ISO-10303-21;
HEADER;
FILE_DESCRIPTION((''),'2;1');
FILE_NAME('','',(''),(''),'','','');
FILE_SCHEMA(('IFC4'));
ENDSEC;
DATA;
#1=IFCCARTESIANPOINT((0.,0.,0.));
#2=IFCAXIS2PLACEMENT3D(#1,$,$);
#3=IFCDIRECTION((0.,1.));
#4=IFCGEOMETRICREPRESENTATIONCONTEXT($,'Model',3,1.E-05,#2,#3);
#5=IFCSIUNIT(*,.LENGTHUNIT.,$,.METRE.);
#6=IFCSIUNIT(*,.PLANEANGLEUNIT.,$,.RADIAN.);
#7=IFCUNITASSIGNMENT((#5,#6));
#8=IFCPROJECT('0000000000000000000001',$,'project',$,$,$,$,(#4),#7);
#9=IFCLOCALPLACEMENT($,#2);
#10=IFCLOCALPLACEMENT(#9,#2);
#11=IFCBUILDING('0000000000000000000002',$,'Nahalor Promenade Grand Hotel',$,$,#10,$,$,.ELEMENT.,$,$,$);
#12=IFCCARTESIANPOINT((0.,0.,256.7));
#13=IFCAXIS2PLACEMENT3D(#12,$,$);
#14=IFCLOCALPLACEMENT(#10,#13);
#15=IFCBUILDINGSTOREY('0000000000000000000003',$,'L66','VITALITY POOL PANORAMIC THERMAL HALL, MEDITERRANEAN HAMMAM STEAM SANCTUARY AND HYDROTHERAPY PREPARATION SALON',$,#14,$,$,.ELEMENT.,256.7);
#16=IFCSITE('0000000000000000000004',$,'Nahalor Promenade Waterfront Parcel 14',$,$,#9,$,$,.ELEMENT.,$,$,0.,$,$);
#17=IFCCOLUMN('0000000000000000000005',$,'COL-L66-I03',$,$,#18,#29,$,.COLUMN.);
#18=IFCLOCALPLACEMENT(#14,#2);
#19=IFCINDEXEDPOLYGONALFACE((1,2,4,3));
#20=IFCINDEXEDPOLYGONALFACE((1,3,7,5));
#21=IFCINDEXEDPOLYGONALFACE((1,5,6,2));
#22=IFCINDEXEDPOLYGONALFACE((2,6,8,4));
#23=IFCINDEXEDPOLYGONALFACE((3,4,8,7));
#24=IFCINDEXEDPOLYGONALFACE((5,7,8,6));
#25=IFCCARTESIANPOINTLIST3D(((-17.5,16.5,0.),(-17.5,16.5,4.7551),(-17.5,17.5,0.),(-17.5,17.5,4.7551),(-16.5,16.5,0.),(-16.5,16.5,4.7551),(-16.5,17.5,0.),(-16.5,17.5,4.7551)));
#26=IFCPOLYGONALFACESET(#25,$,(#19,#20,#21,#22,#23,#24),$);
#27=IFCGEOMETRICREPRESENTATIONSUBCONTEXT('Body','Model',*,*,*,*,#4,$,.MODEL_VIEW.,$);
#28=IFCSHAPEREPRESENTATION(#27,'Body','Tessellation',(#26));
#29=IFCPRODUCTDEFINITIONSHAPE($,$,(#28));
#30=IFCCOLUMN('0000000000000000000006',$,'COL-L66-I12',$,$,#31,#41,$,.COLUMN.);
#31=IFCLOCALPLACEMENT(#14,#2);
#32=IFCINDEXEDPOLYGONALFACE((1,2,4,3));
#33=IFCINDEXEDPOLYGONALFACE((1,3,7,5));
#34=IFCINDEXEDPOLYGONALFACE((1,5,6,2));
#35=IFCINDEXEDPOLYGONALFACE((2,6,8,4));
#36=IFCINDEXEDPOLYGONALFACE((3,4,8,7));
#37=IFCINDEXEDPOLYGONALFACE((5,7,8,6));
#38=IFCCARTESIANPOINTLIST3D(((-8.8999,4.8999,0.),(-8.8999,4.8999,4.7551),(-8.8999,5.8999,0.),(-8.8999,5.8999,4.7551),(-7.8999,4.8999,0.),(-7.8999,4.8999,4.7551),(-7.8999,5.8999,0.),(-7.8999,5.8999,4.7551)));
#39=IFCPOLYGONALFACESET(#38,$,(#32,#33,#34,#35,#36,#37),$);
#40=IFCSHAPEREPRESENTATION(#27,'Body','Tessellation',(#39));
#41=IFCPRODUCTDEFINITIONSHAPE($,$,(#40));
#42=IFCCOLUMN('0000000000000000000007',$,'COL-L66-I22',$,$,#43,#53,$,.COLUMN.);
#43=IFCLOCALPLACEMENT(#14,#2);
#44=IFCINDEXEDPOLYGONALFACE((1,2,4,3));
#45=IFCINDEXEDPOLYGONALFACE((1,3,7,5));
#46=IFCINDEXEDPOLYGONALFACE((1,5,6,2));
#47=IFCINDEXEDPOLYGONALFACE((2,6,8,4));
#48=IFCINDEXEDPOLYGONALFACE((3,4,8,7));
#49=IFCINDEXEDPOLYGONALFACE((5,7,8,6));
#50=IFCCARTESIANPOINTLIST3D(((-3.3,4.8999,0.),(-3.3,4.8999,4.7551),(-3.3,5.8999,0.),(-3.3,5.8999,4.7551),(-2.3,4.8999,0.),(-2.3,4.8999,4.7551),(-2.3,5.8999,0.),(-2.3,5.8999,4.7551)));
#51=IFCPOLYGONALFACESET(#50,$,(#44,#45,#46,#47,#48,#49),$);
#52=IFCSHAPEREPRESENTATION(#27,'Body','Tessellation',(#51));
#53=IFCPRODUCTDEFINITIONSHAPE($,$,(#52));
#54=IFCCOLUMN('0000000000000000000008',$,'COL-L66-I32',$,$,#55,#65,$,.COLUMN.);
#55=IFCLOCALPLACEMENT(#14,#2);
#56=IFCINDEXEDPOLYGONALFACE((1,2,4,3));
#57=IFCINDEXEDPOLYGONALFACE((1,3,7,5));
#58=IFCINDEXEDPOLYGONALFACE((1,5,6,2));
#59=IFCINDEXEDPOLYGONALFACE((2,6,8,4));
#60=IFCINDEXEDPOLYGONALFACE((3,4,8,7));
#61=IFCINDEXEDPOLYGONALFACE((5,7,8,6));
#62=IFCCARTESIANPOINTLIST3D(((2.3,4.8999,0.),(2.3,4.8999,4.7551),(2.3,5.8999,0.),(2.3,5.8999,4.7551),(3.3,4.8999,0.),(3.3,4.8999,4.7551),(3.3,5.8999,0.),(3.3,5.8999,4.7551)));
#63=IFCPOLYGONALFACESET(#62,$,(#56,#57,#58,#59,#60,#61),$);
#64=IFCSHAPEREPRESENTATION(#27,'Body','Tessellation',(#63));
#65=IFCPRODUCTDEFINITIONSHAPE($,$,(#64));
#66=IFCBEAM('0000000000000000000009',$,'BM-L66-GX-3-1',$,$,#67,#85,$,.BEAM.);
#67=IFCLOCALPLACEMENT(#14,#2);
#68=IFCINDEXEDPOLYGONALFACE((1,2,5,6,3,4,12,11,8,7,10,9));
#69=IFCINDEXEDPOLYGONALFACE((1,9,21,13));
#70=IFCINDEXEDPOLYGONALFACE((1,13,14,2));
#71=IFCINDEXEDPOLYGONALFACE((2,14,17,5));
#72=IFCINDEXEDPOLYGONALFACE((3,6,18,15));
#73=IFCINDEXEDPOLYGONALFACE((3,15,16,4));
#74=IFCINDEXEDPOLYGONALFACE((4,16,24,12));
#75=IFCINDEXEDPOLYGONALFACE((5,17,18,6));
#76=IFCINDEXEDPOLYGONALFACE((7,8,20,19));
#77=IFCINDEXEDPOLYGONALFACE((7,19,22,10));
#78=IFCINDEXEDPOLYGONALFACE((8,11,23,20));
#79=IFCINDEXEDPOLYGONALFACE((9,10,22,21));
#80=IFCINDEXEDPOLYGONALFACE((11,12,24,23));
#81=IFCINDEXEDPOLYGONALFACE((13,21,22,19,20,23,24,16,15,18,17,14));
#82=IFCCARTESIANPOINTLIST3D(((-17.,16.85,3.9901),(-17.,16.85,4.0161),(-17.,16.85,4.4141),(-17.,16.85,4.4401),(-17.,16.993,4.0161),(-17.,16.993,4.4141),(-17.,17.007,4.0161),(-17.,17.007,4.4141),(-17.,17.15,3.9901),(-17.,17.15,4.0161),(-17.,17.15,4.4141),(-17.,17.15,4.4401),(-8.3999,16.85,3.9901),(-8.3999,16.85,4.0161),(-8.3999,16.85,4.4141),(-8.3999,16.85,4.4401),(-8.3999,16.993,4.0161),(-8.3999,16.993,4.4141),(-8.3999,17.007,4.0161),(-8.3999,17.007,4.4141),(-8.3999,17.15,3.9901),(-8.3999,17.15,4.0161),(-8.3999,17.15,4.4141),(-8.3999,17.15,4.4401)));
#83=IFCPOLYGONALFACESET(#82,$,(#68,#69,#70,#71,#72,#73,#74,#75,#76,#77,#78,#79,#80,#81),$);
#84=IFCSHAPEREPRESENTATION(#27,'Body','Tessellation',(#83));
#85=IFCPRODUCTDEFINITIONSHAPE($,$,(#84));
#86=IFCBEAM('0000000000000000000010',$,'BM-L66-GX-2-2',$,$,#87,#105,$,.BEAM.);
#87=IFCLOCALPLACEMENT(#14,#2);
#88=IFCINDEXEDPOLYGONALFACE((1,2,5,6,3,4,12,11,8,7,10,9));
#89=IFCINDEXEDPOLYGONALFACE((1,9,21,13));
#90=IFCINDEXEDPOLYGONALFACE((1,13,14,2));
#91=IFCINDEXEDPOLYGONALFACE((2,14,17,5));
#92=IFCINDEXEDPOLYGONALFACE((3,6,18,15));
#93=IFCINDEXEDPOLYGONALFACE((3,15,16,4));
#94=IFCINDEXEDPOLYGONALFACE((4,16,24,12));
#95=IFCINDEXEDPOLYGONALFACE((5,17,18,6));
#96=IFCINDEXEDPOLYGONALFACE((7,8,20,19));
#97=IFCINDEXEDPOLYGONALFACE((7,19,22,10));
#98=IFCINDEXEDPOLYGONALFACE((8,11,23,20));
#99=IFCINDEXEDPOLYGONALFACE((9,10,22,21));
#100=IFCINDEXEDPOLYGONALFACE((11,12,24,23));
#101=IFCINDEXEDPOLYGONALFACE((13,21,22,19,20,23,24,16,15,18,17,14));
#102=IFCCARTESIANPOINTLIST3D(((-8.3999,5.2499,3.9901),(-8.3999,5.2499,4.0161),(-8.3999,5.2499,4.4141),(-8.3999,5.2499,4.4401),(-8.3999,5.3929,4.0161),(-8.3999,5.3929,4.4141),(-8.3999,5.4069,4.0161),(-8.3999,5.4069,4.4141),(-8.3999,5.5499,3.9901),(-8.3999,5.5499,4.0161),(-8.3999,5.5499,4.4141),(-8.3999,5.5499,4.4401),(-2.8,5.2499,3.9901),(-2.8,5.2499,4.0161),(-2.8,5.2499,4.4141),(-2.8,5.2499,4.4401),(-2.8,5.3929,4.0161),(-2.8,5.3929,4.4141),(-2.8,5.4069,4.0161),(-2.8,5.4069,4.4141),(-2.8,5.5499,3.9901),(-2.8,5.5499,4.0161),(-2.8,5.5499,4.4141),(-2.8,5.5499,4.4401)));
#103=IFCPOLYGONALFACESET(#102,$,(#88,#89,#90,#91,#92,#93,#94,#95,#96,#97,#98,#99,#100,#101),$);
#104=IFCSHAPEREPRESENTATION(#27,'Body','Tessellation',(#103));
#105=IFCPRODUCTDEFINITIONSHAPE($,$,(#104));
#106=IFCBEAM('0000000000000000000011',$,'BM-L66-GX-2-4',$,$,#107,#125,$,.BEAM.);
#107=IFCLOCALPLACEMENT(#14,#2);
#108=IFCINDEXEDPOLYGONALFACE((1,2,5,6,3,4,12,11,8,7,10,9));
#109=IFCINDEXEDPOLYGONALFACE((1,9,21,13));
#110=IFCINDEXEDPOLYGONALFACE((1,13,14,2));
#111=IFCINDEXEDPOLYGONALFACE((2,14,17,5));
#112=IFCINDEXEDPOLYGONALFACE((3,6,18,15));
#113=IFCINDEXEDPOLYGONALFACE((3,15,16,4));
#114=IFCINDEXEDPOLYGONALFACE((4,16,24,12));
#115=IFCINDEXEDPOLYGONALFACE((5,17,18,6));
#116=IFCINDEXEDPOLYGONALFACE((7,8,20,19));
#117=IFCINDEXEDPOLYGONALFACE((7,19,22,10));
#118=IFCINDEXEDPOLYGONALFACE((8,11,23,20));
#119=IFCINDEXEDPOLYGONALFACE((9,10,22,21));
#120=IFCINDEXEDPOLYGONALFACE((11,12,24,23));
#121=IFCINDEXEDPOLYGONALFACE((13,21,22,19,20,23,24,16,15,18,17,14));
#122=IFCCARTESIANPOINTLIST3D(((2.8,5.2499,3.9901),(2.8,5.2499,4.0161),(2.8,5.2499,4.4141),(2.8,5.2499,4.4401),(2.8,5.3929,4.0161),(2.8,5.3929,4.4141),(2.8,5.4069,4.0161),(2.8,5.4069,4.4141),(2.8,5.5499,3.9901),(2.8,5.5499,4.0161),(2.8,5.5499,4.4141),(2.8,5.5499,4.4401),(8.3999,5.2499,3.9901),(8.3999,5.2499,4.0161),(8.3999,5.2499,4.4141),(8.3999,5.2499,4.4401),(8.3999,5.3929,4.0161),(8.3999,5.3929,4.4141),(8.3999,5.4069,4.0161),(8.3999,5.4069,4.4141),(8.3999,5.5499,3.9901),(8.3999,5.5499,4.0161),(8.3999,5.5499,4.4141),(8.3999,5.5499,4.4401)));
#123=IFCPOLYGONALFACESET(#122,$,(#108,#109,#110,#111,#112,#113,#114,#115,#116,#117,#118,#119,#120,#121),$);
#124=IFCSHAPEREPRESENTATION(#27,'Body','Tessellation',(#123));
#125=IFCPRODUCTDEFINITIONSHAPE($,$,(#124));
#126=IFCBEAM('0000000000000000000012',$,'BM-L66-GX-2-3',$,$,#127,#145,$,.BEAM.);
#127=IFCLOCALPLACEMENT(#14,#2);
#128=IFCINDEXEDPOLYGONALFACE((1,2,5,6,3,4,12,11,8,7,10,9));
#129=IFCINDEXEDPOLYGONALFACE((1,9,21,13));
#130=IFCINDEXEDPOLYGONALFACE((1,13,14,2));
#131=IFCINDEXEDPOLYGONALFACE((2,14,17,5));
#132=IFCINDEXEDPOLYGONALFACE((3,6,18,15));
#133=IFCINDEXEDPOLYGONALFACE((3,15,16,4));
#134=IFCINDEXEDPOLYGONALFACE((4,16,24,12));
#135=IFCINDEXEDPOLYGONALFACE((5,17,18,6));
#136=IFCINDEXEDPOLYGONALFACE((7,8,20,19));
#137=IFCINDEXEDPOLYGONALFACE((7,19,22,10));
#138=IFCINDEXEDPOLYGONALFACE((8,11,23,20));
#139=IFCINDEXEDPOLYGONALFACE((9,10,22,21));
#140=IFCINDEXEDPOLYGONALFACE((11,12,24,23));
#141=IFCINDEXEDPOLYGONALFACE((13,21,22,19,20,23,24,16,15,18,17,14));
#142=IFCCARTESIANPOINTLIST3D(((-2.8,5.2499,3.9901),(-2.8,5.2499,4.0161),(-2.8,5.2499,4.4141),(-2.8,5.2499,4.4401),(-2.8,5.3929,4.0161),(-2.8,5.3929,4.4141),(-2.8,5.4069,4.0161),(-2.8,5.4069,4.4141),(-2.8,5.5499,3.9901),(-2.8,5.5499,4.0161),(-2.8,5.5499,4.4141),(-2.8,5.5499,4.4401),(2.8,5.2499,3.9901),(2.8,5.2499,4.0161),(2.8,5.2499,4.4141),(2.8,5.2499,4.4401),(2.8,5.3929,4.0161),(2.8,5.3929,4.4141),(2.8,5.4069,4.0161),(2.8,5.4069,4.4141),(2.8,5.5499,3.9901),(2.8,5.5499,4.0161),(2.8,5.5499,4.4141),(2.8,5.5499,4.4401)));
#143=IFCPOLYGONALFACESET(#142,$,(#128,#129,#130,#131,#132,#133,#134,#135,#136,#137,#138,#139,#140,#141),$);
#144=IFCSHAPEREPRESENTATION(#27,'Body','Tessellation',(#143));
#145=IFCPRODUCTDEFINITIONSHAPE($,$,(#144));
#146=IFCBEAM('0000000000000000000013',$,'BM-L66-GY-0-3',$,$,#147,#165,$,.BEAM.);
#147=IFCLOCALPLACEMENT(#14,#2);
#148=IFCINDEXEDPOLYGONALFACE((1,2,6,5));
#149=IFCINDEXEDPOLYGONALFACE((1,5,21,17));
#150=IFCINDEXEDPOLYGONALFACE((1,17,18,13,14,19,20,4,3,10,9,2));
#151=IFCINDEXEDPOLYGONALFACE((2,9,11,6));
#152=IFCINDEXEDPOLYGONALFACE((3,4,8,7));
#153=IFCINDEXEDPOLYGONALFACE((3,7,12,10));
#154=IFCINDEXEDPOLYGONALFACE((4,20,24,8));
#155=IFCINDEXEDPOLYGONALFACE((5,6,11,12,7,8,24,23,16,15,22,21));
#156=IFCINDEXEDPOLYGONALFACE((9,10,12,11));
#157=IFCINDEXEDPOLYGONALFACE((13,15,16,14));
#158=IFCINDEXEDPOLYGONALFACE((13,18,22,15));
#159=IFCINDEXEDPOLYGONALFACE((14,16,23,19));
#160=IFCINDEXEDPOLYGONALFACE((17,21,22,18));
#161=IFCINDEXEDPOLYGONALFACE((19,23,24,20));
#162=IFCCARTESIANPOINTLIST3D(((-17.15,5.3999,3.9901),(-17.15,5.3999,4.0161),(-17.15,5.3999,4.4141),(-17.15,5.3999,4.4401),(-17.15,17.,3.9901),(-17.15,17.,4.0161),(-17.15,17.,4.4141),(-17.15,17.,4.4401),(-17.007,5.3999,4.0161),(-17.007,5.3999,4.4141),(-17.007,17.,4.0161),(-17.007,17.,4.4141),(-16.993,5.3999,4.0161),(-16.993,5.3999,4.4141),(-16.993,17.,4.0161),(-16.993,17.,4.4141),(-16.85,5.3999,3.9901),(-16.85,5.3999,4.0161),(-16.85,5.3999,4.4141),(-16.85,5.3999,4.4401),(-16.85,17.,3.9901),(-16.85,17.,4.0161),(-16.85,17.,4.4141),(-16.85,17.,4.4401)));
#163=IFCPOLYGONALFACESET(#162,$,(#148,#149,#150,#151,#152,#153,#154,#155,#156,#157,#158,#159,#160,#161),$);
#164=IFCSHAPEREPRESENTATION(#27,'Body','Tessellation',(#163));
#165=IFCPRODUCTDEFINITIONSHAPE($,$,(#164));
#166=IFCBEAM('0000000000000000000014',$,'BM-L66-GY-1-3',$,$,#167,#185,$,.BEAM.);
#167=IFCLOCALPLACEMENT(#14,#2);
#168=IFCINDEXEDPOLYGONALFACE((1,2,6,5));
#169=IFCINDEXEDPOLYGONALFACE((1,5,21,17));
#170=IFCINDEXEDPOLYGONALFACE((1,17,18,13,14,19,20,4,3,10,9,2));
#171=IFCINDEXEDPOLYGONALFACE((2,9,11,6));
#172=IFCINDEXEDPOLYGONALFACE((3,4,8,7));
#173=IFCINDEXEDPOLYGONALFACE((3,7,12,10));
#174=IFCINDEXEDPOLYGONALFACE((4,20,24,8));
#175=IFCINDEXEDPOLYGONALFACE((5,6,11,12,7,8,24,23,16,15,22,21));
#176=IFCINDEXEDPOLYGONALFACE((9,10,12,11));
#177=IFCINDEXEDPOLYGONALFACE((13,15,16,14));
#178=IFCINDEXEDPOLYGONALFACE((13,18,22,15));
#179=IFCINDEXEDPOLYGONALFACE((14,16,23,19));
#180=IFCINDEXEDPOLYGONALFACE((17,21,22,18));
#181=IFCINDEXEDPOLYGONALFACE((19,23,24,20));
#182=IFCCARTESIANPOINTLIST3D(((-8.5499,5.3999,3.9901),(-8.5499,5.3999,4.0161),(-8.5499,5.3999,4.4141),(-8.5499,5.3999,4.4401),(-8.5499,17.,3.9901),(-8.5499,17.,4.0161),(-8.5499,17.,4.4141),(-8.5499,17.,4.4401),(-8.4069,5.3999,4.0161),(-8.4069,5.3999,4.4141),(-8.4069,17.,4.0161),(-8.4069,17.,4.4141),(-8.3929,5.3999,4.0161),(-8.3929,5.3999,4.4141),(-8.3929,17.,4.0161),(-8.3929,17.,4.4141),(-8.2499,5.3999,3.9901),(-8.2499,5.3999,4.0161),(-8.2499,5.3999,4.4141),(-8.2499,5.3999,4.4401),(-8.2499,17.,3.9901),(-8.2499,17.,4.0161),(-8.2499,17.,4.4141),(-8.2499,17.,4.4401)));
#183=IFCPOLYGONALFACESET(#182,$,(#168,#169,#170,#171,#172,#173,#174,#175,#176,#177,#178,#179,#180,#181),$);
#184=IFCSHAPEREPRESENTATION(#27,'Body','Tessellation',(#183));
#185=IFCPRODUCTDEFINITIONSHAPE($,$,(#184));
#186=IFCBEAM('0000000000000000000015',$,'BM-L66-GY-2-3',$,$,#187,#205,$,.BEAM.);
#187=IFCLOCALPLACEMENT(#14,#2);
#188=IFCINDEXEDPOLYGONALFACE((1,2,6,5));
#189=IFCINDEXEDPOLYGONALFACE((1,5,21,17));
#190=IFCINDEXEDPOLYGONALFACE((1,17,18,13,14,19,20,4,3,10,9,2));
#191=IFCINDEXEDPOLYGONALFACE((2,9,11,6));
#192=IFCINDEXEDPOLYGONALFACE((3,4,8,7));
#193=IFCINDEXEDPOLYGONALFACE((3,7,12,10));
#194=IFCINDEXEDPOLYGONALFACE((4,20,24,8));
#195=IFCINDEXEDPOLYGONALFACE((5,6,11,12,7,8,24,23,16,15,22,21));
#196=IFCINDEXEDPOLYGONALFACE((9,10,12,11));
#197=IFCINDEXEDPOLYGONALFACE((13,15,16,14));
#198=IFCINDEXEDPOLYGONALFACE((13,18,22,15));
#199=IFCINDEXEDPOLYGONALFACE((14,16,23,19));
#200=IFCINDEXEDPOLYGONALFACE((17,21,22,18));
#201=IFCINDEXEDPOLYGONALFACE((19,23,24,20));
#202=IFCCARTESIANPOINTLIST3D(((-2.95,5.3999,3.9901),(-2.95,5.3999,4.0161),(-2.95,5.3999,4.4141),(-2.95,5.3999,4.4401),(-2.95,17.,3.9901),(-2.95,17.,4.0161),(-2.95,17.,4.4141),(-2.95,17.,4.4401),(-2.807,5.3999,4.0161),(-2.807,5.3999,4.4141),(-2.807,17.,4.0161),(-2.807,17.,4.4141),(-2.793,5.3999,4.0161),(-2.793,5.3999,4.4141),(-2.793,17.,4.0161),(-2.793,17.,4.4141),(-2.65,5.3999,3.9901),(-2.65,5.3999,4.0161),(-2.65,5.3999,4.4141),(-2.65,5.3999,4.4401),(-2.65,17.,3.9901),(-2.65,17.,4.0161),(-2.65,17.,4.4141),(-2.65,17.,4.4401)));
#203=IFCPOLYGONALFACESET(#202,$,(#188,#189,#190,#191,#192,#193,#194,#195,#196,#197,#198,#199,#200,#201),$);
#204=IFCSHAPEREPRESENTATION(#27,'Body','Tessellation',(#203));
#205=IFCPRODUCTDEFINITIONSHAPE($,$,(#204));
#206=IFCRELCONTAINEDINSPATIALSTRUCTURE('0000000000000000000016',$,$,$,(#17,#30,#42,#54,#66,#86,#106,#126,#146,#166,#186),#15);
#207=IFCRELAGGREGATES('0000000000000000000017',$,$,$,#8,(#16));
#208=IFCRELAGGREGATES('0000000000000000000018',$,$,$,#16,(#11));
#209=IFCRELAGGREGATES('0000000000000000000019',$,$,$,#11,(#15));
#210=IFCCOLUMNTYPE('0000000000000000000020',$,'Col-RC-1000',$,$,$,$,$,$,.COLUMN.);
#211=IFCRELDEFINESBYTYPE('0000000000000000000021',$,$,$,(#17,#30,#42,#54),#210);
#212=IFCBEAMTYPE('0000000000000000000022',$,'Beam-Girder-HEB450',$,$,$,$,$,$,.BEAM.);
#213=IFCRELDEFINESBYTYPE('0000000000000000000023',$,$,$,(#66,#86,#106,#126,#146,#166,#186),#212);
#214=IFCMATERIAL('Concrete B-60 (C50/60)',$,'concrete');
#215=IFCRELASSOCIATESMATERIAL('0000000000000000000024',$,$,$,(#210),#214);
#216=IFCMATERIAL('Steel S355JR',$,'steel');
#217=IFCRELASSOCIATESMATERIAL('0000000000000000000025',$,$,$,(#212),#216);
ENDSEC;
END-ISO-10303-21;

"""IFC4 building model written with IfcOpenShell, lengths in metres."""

from ifc_helpers import new_model, si_unit, direction, frame, origin, origin_2d, place, context, subcontext, project, spatial, rectangle, i_section, extrude, source, transform, mapped, material, material_profile, profile_set, type_object, element, save


model = new_model("IFC4")

# Units and contexts
model_context = context("Model", 3, precision=1e-05, world=origin(), true_north=direction((0.0, 1.0)))
body_context = subcontext(model_context, "Body", "Model", "MODEL_VIEW")
ifc_project = project(units=[si_unit("LENGTHUNIT", "METRE"), si_unit("PLANEANGLEUNIT", "RADIAN")], contexts=[model_context])

# Site, building, storey
site_placement = place(None, origin())
site = spatial("IfcSite", under=ifc_project, at=site_placement, Name="Nahalor Promenade Waterfront Parcel 14", CompositionType="ELEMENT", RefElevation=0.0)
building_placement = place(site_placement, origin())
building = spatial("IfcBuilding", under=site, at=building_placement, Name="Nahalor Promenade Grand Hotel", CompositionType="ELEMENT")
storey_placement = place(building_placement, frame((0.0, 0.0, 256.7)))
storey = spatial("IfcBuildingStorey", under=building, at=storey_placement, Name="L66", Description="VITALITY POOL PANORAMIC THERMAL HALL, MEDITERRANEAN HAMMAM STEAM SANCTUARY AND HYDROTHERAPY PREPARATION SALON", CompositionType="ELEMENT", Elevation=256.7)

# Columns
ifc_material_1 = material(Name="Concrete B-60 (C50/60)", Category="concrete")
ifc_material_profile_1 = material_profile(ifc_material_1, rectangle(XDim=1.0, YDim=1.0, at=origin_2d()), Name="RC 1000x1000")
ifc_profile_set_1 = profile_set([ifc_material_profile_1], Name="Concrete B-60 (C50/60)")
column_type = type_object("IfcColumnType", Name="Col-RC-1000", PredefinedType="COLUMN", material=ifc_profile_set_1)
shared_shape_1 = source(origin(), body_context, "Body", "SweptSolid", [
    extrude(rectangle(XDim=1.0, YDim=1.0, at=origin_2d()), origin(), (0.0, 0.0, 1.0), 4.7551),
])
for number, where, z_axis, x_axis, name in (
    (1, (-17.0, 17.0, 0.0), (0.0, 0.0, 1.0), (1.0, 0.0, 0.0), "COL-L66-I03"),
    (2, (-8.3999, 5.3999, 0.0), (0.0, 0.0, 1.0), (1.0, 0.0, 0.0), "COL-L66-I12"),
    (3, (-2.8, 5.3999, 0.0), (0.0, 0.0, 1.0), (1.0, 0.0, 0.0), "COL-L66-I22"),
    (4, (2.8, 5.3999, 0.0), (0.0, 0.0, 1.0), (1.0, 0.0, 0.0), "COL-L66-I32"),
):
    element("IfcColumn", number, at=place(storey_placement, frame(where, z_axis=z_axis, x_axis=x_axis)), inside=storey, type_object=column_type, Name=name, PredefinedType="COLUMN", context=body_context, shape_type="MappedRepresentation", body=[
        mapped(shared_shape_1, transform((0.0, 0.0, 0.0), scale=1.0)),
    ])

# Beams
ifc_material_2 = material(Name="Steel S355JR", Category="steel")
ifc_material_profile_2 = material_profile(ifc_material_2, i_section(OverallWidth=0.3, OverallDepth=0.45, WebThickness=0.014, FlangeThickness=0.026, at=origin_2d()), Name="HEB 450")
ifc_profile_set_2 = profile_set([ifc_material_profile_2], Name="Steel S355JR")
beam_type_1 = type_object("IfcBeamType", Name="Beam-Girder-HEB450", PredefinedType="BEAM", material=ifc_profile_set_2)
shared_shape_2 = source(origin(), body_context, "Body", "SweptSolid", [
    extrude(i_section(OverallWidth=0.3, OverallDepth=0.45, WebThickness=0.014, FlangeThickness=0.026, at=origin_2d()), origin(), (0.0, 0.0, 1.0), 8.6001),
])
beam_1_placement = place(storey_placement, frame((-17.0, 17.0, 4.2151), z_axis=(1.0, 0.0, 0.0), x_axis=(0.0, 1.0, 0.0)))
element("IfcBeam", 5, at=beam_1_placement, inside=storey, type_object=beam_type_1, Name="BM-L66-GX-3-1", PredefinedType="BEAM", context=body_context, shape_type="MappedRepresentation", body=[
    mapped(shared_shape_2, transform((0.0, 0.0, 0.0), scale=1.0)),
])
shared_shape_3 = source(origin(), body_context, "Body", "SweptSolid", [
    extrude(i_section(OverallWidth=0.3, OverallDepth=0.45, WebThickness=0.014, FlangeThickness=0.026, at=origin_2d()), origin(), (0.0, 0.0, 1.0), 5.5999),
])
for number, where, z_axis, x_axis, name in (
    (6, (-8.3999, 5.3999, 4.2151), (1.0, 0.0, 0.0), (0.0, 1.0, 0.0), "BM-L66-GX-2-2"),
    (7, (2.8, 5.3999, 4.2151), (1.0, 0.0, 0.0), (0.0, 1.0, 0.0), "BM-L66-GX-2-4"),
):
    element("IfcBeam", number, at=place(storey_placement, frame(where, z_axis=z_axis, x_axis=x_axis)), inside=storey, type_object=beam_type_1, Name=name, PredefinedType="BEAM", context=body_context, shape_type="MappedRepresentation", body=[
        mapped(shared_shape_3, transform((0.0, 0.0, 0.0), scale=1.0)),
    ])
shared_shape_4 = source(origin(), body_context, "Body", "SweptSolid", [
    extrude(i_section(OverallWidth=0.3, OverallDepth=0.45, WebThickness=0.014, FlangeThickness=0.026, at=origin_2d()), origin(), (0.0, 0.0, 1.0), 5.6001),
])
beam_2_placement = place(storey_placement, frame((-2.8, 5.3999, 4.2151), z_axis=(1.0, 0.0, 0.0), x_axis=(0.0, 1.0, 0.0)))
element("IfcBeam", 8, at=beam_2_placement, inside=storey, type_object=beam_type_1, Name="BM-L66-GX-2-3", PredefinedType="BEAM", context=body_context, shape_type="MappedRepresentation", body=[
    mapped(shared_shape_4, transform((0.0, 0.0, 0.0), scale=1.0)),
])
shared_shape_5 = source(origin(), body_context, "Body", "SweptSolid", [
    extrude(i_section(OverallWidth=0.3, OverallDepth=0.45, WebThickness=0.014, FlangeThickness=0.026, at=origin_2d()), origin(), (0.0, 0.0, 1.0), 11.6001),
])
for number, where, z_axis, x_axis, name in (
    (9, (-17.0, 5.3999, 4.2151), (0.0, 1.0, 0.0), (-1.0, 0.0, 0.0), "BM-L66-GY-0-3"),
    (10, (-8.3999, 5.3999, 4.2151), (0.0, 1.0, 0.0), (-1.0, 0.0, 0.0), "BM-L66-GY-1-3"),
    (11, (-2.8, 5.3999, 4.2151), (0.0, 1.0, 0.0), (-1.0, 0.0, 0.0), "BM-L66-GY-2-3"),
):
    element("IfcBeam", number, at=place(storey_placement, frame(where, z_axis=z_axis, x_axis=x_axis)), inside=storey, type_object=beam_type_1, Name=name, PredefinedType="BEAM", context=body_context, shape_type="MappedRepresentation", body=[
        mapped(shared_shape_5, transform((0.0, 0.0, 0.0), scale=1.0)),
    ])

save(model, "model.ifc")
